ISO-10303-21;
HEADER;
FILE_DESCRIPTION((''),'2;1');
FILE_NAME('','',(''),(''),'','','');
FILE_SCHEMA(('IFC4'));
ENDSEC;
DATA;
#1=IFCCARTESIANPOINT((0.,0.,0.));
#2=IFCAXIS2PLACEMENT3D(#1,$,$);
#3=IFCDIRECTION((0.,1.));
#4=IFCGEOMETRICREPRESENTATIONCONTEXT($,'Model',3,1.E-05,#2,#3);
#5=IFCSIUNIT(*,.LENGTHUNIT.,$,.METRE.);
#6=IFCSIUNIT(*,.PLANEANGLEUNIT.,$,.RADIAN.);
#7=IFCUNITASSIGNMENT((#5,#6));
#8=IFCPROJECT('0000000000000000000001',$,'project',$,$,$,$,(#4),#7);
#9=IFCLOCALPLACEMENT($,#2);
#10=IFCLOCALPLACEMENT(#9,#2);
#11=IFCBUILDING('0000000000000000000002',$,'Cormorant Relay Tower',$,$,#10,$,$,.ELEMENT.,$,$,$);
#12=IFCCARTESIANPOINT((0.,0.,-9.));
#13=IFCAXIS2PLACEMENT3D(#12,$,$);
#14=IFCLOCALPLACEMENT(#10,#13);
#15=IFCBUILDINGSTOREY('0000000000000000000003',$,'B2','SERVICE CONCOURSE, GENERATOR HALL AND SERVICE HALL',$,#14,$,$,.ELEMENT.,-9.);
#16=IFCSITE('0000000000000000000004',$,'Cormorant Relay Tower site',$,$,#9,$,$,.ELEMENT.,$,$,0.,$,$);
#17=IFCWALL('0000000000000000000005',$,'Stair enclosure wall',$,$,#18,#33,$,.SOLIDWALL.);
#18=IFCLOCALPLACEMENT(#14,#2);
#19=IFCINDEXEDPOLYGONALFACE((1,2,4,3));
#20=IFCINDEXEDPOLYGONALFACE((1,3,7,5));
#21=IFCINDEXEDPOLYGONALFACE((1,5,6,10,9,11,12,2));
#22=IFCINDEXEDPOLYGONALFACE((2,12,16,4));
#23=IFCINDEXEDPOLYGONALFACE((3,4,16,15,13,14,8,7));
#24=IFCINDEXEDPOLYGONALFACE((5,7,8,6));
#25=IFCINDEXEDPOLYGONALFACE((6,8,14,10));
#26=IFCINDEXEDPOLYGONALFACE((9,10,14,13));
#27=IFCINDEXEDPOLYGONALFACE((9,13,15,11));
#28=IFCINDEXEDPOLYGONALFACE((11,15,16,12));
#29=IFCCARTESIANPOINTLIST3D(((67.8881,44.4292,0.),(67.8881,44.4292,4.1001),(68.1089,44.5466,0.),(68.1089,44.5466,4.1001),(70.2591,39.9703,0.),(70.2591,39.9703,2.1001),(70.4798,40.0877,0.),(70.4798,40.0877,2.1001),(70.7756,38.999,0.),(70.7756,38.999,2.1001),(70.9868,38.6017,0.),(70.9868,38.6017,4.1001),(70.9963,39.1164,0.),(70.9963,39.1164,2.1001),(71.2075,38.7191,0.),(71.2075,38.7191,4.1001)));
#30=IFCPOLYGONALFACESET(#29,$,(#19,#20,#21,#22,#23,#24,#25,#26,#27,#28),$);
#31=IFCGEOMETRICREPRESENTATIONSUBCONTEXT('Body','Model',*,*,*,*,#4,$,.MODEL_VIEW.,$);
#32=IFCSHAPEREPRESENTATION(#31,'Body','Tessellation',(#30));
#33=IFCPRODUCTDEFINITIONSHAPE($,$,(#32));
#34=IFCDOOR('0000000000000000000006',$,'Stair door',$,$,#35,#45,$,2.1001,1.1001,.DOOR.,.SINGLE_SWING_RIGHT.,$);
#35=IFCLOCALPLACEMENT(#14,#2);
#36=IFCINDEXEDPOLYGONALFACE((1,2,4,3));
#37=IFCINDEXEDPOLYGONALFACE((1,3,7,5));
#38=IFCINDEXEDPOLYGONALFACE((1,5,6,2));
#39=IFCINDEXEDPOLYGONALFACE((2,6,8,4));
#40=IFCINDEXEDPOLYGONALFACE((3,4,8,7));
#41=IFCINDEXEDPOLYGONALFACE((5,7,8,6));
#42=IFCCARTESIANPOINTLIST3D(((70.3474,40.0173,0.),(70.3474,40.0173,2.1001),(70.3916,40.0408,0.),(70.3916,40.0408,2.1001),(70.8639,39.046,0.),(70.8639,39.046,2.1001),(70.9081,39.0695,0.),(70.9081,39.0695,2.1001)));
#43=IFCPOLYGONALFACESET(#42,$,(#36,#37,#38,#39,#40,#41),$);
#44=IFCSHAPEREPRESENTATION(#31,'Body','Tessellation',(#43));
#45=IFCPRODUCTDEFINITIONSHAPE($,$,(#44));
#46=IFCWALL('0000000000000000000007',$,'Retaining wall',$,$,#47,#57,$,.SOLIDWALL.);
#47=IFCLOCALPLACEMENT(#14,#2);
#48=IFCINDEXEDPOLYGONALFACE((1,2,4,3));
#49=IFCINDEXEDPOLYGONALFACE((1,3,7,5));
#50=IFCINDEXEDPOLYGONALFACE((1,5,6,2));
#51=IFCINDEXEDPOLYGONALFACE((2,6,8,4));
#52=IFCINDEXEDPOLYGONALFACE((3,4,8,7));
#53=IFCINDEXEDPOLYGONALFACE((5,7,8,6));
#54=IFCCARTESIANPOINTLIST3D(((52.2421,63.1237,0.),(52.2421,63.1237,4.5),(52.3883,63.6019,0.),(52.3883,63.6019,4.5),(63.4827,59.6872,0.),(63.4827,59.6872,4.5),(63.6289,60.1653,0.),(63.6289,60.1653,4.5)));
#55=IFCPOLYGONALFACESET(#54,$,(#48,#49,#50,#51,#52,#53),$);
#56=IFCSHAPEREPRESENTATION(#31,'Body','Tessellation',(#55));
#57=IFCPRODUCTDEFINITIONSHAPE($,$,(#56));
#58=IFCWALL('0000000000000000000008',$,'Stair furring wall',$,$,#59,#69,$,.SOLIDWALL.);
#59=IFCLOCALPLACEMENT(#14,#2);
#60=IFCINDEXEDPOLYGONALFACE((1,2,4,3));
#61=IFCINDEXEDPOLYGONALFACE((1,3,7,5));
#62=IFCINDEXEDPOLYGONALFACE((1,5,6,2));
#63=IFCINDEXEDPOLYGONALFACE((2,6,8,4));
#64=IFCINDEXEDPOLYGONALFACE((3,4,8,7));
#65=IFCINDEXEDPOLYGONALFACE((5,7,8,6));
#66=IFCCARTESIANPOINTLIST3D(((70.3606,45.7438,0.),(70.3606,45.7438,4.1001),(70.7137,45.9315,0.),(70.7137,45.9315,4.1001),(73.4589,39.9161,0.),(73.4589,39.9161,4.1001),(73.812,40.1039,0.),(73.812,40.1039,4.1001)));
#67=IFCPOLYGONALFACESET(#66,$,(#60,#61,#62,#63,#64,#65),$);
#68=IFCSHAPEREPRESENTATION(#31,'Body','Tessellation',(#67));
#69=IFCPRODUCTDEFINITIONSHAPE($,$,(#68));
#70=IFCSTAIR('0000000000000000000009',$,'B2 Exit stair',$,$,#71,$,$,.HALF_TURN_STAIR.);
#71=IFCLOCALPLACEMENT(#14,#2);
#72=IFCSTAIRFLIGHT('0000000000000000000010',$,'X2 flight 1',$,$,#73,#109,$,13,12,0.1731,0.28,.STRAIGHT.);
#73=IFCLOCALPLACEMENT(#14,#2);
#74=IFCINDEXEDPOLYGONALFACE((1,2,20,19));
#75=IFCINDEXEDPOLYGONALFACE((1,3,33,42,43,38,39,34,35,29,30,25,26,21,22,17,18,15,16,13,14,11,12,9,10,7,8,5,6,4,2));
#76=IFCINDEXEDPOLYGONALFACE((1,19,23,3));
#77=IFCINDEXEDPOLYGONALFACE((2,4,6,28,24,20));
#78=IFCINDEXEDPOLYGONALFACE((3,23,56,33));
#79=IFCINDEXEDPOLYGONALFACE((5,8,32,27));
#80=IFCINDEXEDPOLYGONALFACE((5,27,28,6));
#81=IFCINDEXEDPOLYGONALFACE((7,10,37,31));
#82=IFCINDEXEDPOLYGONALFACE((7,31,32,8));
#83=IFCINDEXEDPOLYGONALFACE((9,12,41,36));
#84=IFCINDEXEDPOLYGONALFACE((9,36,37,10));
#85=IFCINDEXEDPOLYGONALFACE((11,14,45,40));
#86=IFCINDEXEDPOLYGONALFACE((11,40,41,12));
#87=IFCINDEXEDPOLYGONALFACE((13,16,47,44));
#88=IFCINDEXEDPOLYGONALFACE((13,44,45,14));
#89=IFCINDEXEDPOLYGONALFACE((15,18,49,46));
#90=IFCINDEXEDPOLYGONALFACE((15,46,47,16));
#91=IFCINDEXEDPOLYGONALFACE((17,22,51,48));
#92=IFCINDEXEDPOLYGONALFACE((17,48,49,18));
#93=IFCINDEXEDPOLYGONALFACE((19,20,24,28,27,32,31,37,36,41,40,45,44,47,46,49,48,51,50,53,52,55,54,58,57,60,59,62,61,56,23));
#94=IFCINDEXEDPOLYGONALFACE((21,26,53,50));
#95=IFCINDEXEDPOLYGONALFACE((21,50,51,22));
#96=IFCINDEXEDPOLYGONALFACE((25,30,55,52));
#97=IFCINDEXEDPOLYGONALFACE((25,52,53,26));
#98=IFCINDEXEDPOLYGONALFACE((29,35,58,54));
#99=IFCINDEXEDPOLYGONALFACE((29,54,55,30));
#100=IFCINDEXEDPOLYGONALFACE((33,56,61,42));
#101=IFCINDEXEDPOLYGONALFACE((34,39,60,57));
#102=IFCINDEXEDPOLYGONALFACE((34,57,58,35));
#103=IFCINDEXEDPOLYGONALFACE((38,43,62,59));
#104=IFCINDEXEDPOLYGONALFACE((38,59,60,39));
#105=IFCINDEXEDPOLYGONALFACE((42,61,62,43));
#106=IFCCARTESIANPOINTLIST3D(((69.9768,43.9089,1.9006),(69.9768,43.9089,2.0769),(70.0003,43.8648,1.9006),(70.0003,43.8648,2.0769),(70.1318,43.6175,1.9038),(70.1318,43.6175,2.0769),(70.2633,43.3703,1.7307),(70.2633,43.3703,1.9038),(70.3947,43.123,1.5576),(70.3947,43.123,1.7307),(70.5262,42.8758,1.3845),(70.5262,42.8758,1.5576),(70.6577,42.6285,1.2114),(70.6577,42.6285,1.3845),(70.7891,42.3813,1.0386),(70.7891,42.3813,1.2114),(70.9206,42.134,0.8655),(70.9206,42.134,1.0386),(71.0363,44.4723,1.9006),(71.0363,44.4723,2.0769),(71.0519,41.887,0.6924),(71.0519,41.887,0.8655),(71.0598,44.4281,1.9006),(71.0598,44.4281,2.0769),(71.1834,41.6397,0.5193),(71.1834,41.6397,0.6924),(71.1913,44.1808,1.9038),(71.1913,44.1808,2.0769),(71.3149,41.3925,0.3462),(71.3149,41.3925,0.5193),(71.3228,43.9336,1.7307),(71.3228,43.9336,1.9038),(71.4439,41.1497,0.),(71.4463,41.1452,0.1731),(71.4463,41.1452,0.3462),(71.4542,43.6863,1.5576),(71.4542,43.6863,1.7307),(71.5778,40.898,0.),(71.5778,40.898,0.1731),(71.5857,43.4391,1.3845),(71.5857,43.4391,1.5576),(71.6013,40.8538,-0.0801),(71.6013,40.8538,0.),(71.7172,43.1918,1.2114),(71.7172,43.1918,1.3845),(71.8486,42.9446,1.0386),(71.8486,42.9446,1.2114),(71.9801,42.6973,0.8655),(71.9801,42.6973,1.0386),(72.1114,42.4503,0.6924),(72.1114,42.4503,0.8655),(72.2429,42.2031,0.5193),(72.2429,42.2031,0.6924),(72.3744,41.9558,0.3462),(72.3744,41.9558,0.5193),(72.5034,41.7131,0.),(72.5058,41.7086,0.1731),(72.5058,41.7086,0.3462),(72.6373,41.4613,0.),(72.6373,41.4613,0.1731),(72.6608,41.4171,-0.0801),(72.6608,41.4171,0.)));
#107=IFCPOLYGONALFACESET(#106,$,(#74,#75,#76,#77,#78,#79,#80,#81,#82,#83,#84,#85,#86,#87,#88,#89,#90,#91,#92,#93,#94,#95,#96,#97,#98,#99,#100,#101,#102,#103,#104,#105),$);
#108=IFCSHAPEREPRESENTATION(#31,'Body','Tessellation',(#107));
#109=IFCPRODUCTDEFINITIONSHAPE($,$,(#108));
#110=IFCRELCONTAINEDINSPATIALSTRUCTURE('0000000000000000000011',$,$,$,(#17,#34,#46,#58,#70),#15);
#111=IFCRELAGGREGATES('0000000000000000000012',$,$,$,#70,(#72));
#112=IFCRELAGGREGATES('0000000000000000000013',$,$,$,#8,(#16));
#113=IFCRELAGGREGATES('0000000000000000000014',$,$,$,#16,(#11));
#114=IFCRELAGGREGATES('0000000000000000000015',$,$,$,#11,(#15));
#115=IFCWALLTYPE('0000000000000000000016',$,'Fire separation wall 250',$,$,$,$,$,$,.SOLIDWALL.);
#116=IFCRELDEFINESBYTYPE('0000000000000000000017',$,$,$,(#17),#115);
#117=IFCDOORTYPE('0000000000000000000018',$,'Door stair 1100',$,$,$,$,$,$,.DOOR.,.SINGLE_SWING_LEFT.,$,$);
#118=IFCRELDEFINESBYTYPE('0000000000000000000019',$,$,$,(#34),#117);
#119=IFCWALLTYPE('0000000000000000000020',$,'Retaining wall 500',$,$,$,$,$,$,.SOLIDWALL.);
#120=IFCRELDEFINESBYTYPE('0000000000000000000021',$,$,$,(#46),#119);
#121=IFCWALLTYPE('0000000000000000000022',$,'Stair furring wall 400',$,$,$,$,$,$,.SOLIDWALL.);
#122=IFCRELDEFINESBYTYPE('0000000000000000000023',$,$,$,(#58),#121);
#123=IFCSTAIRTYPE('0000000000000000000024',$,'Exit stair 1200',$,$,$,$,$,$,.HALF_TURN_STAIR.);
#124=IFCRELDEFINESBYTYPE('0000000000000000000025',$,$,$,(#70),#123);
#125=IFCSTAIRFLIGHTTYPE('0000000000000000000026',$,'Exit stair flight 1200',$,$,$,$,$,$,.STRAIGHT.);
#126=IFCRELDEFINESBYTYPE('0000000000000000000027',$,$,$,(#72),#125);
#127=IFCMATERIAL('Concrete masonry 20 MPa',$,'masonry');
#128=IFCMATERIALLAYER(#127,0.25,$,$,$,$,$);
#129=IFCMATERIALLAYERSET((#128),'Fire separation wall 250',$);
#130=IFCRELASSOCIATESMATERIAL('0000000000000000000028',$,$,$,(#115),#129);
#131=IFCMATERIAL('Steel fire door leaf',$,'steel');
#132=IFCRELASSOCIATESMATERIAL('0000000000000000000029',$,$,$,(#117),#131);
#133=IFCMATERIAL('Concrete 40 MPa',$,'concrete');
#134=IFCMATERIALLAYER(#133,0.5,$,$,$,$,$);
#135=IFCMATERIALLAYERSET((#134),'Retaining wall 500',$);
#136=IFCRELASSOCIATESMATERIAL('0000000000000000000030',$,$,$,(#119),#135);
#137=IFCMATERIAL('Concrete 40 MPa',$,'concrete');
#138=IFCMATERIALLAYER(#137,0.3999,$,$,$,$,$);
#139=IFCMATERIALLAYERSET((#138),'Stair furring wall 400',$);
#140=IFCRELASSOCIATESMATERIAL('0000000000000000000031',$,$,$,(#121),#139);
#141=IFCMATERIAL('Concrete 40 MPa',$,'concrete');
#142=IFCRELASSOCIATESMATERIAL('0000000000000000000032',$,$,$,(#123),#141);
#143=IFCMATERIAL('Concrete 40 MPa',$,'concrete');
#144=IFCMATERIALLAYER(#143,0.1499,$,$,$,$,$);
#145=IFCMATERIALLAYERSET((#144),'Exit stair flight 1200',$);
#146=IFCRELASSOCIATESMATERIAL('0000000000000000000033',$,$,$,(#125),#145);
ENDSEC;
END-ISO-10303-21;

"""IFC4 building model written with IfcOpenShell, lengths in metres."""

from ifc_helpers import new_model, si_unit, direction, frame, frame_2d, origin, place, context, subcontext, project, spatial, polyline, rectangle, outline, extrude, material, layer, layer_set, type_object, element, fill, aggregate, save


model = new_model("IFC4")

# Units and contexts
model_context = context("Model", 3, precision=1e-05, world=origin(), true_north=direction((0.0, 1.0)))
body_context = subcontext(model_context, "Body", "Model", "MODEL_VIEW")
ifc_project = project(units=[si_unit("LENGTHUNIT", "METRE"), si_unit("PLANEANGLEUNIT", "RADIAN")], contexts=[model_context])

# Site, building, storey
site_placement = place(None, origin())
site = spatial("IfcSite", under=ifc_project, at=site_placement, Name="Cormorant Relay Tower site", CompositionType="ELEMENT", RefElevation=0.0)
building_placement = place(site_placement, origin())
building = spatial("IfcBuilding", under=site, at=building_placement, Name="Cormorant Relay Tower", CompositionType="ELEMENT")
storey_placement = place(building_placement, frame((0.0, 0.0, -9.0)))
storey = spatial("IfcBuildingStorey", under=building, at=storey_placement, Name="B2", Description="SERVICE CONCOURSE, GENERATOR HALL AND SERVICE HALL", CompositionType="ELEMENT", Elevation=-9.0)

# Shared definitions
ifc_material_1 = material(Name="Concrete masonry 20 MPa", Category="masonry")
ifc_layer_1 = layer(ifc_material_1, 0.25)
ifc_layer_set_1 = layer_set([ifc_layer_1], Name="Fire separation wall 250")
wall_type_1 = type_object("IfcWallType", Name="Fire separation wall 250", PredefinedType="SOLIDWALL", material=ifc_layer_set_1)

# Wall, opening, door
wall_1_placement = place(storey_placement, frame((71.0972, 38.6604, 0.0), z_axis=(0.0, 0.0, 1.0), x_axis=(-0.46949, 0.882938, 0.0)))
wall_1 = element("IfcWall", 1, at=wall_1_placement, inside=storey, type_object=wall_type_1, Name="Stair enclosure wall", PredefinedType="SOLIDWALL", context=body_context, shape_type="SweptSolid", body=[
    extrude(rectangle(XDim=6.6001, YDim=0.25, at=frame_2d((3.3, 0.0))), origin(), (0.0, 0.0, 1.0), 4.1001),
])
opening_1_placement = place(wall_1_placement, frame((0.45, 0.0, 0.0)))
opening_1 = element("IfcOpeningElement", 2, at=opening_1_placement, cuts=wall_1, PredefinedType="OPENING", context=body_context, shape_type="SweptSolid", body=[
    extrude(rectangle(XDim=1.1001, YDim=2.1001, at=frame_2d((0.55, 1.05))), frame((0.0, 0.135, 0.0), z_axis=(0.0, -1.0, 0.0), x_axis=(1.0, 0.0, 0.0)), (0.0, 0.0, 1.0), 0.27),
])
ifc_material_2 = material(Name="Steel fire door leaf", Category="steel")
door_type_1 = type_object("IfcDoorType", Name="Door stair 1100", OperationType="SINGLE_SWING_LEFT", PredefinedType="DOOR", material=ifc_material_2)
door_1_placement = place(opening_1_placement, origin())
door_1 = element("IfcDoor", 3, at=door_1_placement, inside=storey, type_object=door_type_1, Name="Stair door", OperationType="SINGLE_SWING_RIGHT", OverallHeight=2.1001, OverallWidth=1.1001, PredefinedType="DOOR", context=body_context, shape_type="SweptSolid", body=[
    extrude(rectangle(XDim=1.1001, YDim=2.1001, at=frame_2d((0.55, 1.05))), frame((0.0, 0.0249, 0.0), z_axis=(0.0, -1.0, 0.0), x_axis=(1.0, 0.0, 0.0)), (0.0, 0.0, 1.0), 0.05),
])
fill(opening_1, door_1)

# Walls
ifc_material_3 = material(Name="Concrete 40 MPa", Category="concrete")
ifc_layer_2 = layer(ifc_material_3, 0.5)
ifc_layer_set_2 = layer_set([ifc_layer_2], Name="Retaining wall 500")
wall_type_2 = type_object("IfcWallType", Name="Retaining wall 500", PredefinedType="SOLIDWALL", material=ifc_layer_set_2)
wall_2_placement = place(storey_placement, frame((63.5557, 59.9263, 0.0), z_axis=(0.0, 0.0, 1.0), x_axis=(-0.956306, 0.292369, 0.0)))
element("IfcWall", 4, at=wall_2_placement, inside=storey, type_object=wall_type_2, Name="Retaining wall", PredefinedType="SOLIDWALL", context=body_context, shape_type="SweptSolid", body=[
    extrude(rectangle(XDim=11.7542, YDim=0.5, at=frame_2d((5.877, 0.0))), origin(), (0.0, 0.0, 1.0), 4.5),
])
ifc_material_4 = material(Name="Concrete 40 MPa", Category="concrete")
ifc_layer_3 = layer(ifc_material_4, 0.3999)
ifc_layer_set_3 = layer_set([ifc_layer_3], Name="Stair furring wall 400")
wall_type_3 = type_object("IfcWallType", Name="Stair furring wall 400", PredefinedType="SOLIDWALL", material=ifc_layer_set_3)
wall_3_placement = place(storey_placement, frame((73.6355, 40.01, 0.0), z_axis=(0.0, 0.0, 1.0), x_axis=(-0.469445, 0.882961, 0.0)))
element("IfcWall", 5, at=wall_3_placement, inside=storey, type_object=wall_type_3, Name="Stair furring wall", PredefinedType="SOLIDWALL", context=body_context, shape_type="SweptSolid", body=[
    extrude(rectangle(XDim=6.6001, YDim=0.3999, at=frame_2d((3.3, 0.0))), origin(), (0.0, 0.0, 1.0), 4.1001),
])

# Stair, stair flight
ifc_material_5 = material(Name="Concrete 40 MPa", Category="concrete")
stair_type = type_object("IfcStairType", Name="Exit stair 1200", PredefinedType="HALF_TURN_STAIR", material=ifc_material_5)
stair_placement = place(storey_placement, origin())
stair = element("IfcStair", 6, at=stair_placement, inside=storey, type_object=stair_type, Name="B2 Exit stair", PredefinedType="HALF_TURN_STAIR")
ifc_material_6 = material(Name="Concrete 40 MPa", Category="concrete")
ifc_layer_4 = layer(ifc_material_6, 0.1499)
ifc_layer_set_4 = layer_set([ifc_layer_4], Name="Exit stair flight 1200")
stair_flight_type = type_object("IfcStairFlightType", Name="Exit stair flight 1200", PredefinedType="STRAIGHT", material=ifc_layer_set_4)
stair_flight_1_placement = place(storey_placement, frame((72.1077, 41.1797, 0.0), z_axis=(0.0, 0.0, 1.0), x_axis=(-0.469472, 0.882948, 0.0)))
stair_flight_1 = element("IfcStairFlight", 7, at=stair_flight_1_placement, type_object=stair_flight_type, Name="X2 flight 1", NumberOfRisers=13, NumberOfTreads=12, PredefinedType="STRAIGHT", RiserHeight=0.1731, TreadLength=0.28, context=body_context, shape_type="SweptSolid", body=[
    extrude(outline(polyline([(-0.05, -0.0801), (-0.05, 0.0), (0.0, 0.0), (0.0, 0.1731), (0.28, 0.1731), (0.28, 0.3462), (0.5601, 0.3462), (0.5601, 0.5193), (0.8401, 0.5193), (0.8401, 0.6924), (1.1201, 0.6924), (1.1201, 0.8655), (1.3999, 0.8655), (1.3999, 1.0386), (1.6799, 1.0386), (1.6799, 1.2114), (1.96, 1.2114), (1.96, 1.3845), (2.24, 1.3845), (2.24, 1.5576), (2.52, 1.5576), (2.52, 1.7307), (2.8, 1.7307), (2.8, 1.9038), (3.0801, 1.9038), (3.0801, 2.0769), (3.3601, 2.0769), (3.4102, 2.0769), (3.4102, 1.9006), (3.3601, 1.9006), (0.2852, 0.0), (-0.05, -0.0801)])), frame((0.0, 0.6001, 0.0), z_axis=(0.0, -1.0, 0.0), x_axis=(1.0, 0.0, 0.0)), (0.0, 0.0, 1.0), 1.2),
])
aggregate(stair, [stair_flight_1])

save(model, "model.ifc")
